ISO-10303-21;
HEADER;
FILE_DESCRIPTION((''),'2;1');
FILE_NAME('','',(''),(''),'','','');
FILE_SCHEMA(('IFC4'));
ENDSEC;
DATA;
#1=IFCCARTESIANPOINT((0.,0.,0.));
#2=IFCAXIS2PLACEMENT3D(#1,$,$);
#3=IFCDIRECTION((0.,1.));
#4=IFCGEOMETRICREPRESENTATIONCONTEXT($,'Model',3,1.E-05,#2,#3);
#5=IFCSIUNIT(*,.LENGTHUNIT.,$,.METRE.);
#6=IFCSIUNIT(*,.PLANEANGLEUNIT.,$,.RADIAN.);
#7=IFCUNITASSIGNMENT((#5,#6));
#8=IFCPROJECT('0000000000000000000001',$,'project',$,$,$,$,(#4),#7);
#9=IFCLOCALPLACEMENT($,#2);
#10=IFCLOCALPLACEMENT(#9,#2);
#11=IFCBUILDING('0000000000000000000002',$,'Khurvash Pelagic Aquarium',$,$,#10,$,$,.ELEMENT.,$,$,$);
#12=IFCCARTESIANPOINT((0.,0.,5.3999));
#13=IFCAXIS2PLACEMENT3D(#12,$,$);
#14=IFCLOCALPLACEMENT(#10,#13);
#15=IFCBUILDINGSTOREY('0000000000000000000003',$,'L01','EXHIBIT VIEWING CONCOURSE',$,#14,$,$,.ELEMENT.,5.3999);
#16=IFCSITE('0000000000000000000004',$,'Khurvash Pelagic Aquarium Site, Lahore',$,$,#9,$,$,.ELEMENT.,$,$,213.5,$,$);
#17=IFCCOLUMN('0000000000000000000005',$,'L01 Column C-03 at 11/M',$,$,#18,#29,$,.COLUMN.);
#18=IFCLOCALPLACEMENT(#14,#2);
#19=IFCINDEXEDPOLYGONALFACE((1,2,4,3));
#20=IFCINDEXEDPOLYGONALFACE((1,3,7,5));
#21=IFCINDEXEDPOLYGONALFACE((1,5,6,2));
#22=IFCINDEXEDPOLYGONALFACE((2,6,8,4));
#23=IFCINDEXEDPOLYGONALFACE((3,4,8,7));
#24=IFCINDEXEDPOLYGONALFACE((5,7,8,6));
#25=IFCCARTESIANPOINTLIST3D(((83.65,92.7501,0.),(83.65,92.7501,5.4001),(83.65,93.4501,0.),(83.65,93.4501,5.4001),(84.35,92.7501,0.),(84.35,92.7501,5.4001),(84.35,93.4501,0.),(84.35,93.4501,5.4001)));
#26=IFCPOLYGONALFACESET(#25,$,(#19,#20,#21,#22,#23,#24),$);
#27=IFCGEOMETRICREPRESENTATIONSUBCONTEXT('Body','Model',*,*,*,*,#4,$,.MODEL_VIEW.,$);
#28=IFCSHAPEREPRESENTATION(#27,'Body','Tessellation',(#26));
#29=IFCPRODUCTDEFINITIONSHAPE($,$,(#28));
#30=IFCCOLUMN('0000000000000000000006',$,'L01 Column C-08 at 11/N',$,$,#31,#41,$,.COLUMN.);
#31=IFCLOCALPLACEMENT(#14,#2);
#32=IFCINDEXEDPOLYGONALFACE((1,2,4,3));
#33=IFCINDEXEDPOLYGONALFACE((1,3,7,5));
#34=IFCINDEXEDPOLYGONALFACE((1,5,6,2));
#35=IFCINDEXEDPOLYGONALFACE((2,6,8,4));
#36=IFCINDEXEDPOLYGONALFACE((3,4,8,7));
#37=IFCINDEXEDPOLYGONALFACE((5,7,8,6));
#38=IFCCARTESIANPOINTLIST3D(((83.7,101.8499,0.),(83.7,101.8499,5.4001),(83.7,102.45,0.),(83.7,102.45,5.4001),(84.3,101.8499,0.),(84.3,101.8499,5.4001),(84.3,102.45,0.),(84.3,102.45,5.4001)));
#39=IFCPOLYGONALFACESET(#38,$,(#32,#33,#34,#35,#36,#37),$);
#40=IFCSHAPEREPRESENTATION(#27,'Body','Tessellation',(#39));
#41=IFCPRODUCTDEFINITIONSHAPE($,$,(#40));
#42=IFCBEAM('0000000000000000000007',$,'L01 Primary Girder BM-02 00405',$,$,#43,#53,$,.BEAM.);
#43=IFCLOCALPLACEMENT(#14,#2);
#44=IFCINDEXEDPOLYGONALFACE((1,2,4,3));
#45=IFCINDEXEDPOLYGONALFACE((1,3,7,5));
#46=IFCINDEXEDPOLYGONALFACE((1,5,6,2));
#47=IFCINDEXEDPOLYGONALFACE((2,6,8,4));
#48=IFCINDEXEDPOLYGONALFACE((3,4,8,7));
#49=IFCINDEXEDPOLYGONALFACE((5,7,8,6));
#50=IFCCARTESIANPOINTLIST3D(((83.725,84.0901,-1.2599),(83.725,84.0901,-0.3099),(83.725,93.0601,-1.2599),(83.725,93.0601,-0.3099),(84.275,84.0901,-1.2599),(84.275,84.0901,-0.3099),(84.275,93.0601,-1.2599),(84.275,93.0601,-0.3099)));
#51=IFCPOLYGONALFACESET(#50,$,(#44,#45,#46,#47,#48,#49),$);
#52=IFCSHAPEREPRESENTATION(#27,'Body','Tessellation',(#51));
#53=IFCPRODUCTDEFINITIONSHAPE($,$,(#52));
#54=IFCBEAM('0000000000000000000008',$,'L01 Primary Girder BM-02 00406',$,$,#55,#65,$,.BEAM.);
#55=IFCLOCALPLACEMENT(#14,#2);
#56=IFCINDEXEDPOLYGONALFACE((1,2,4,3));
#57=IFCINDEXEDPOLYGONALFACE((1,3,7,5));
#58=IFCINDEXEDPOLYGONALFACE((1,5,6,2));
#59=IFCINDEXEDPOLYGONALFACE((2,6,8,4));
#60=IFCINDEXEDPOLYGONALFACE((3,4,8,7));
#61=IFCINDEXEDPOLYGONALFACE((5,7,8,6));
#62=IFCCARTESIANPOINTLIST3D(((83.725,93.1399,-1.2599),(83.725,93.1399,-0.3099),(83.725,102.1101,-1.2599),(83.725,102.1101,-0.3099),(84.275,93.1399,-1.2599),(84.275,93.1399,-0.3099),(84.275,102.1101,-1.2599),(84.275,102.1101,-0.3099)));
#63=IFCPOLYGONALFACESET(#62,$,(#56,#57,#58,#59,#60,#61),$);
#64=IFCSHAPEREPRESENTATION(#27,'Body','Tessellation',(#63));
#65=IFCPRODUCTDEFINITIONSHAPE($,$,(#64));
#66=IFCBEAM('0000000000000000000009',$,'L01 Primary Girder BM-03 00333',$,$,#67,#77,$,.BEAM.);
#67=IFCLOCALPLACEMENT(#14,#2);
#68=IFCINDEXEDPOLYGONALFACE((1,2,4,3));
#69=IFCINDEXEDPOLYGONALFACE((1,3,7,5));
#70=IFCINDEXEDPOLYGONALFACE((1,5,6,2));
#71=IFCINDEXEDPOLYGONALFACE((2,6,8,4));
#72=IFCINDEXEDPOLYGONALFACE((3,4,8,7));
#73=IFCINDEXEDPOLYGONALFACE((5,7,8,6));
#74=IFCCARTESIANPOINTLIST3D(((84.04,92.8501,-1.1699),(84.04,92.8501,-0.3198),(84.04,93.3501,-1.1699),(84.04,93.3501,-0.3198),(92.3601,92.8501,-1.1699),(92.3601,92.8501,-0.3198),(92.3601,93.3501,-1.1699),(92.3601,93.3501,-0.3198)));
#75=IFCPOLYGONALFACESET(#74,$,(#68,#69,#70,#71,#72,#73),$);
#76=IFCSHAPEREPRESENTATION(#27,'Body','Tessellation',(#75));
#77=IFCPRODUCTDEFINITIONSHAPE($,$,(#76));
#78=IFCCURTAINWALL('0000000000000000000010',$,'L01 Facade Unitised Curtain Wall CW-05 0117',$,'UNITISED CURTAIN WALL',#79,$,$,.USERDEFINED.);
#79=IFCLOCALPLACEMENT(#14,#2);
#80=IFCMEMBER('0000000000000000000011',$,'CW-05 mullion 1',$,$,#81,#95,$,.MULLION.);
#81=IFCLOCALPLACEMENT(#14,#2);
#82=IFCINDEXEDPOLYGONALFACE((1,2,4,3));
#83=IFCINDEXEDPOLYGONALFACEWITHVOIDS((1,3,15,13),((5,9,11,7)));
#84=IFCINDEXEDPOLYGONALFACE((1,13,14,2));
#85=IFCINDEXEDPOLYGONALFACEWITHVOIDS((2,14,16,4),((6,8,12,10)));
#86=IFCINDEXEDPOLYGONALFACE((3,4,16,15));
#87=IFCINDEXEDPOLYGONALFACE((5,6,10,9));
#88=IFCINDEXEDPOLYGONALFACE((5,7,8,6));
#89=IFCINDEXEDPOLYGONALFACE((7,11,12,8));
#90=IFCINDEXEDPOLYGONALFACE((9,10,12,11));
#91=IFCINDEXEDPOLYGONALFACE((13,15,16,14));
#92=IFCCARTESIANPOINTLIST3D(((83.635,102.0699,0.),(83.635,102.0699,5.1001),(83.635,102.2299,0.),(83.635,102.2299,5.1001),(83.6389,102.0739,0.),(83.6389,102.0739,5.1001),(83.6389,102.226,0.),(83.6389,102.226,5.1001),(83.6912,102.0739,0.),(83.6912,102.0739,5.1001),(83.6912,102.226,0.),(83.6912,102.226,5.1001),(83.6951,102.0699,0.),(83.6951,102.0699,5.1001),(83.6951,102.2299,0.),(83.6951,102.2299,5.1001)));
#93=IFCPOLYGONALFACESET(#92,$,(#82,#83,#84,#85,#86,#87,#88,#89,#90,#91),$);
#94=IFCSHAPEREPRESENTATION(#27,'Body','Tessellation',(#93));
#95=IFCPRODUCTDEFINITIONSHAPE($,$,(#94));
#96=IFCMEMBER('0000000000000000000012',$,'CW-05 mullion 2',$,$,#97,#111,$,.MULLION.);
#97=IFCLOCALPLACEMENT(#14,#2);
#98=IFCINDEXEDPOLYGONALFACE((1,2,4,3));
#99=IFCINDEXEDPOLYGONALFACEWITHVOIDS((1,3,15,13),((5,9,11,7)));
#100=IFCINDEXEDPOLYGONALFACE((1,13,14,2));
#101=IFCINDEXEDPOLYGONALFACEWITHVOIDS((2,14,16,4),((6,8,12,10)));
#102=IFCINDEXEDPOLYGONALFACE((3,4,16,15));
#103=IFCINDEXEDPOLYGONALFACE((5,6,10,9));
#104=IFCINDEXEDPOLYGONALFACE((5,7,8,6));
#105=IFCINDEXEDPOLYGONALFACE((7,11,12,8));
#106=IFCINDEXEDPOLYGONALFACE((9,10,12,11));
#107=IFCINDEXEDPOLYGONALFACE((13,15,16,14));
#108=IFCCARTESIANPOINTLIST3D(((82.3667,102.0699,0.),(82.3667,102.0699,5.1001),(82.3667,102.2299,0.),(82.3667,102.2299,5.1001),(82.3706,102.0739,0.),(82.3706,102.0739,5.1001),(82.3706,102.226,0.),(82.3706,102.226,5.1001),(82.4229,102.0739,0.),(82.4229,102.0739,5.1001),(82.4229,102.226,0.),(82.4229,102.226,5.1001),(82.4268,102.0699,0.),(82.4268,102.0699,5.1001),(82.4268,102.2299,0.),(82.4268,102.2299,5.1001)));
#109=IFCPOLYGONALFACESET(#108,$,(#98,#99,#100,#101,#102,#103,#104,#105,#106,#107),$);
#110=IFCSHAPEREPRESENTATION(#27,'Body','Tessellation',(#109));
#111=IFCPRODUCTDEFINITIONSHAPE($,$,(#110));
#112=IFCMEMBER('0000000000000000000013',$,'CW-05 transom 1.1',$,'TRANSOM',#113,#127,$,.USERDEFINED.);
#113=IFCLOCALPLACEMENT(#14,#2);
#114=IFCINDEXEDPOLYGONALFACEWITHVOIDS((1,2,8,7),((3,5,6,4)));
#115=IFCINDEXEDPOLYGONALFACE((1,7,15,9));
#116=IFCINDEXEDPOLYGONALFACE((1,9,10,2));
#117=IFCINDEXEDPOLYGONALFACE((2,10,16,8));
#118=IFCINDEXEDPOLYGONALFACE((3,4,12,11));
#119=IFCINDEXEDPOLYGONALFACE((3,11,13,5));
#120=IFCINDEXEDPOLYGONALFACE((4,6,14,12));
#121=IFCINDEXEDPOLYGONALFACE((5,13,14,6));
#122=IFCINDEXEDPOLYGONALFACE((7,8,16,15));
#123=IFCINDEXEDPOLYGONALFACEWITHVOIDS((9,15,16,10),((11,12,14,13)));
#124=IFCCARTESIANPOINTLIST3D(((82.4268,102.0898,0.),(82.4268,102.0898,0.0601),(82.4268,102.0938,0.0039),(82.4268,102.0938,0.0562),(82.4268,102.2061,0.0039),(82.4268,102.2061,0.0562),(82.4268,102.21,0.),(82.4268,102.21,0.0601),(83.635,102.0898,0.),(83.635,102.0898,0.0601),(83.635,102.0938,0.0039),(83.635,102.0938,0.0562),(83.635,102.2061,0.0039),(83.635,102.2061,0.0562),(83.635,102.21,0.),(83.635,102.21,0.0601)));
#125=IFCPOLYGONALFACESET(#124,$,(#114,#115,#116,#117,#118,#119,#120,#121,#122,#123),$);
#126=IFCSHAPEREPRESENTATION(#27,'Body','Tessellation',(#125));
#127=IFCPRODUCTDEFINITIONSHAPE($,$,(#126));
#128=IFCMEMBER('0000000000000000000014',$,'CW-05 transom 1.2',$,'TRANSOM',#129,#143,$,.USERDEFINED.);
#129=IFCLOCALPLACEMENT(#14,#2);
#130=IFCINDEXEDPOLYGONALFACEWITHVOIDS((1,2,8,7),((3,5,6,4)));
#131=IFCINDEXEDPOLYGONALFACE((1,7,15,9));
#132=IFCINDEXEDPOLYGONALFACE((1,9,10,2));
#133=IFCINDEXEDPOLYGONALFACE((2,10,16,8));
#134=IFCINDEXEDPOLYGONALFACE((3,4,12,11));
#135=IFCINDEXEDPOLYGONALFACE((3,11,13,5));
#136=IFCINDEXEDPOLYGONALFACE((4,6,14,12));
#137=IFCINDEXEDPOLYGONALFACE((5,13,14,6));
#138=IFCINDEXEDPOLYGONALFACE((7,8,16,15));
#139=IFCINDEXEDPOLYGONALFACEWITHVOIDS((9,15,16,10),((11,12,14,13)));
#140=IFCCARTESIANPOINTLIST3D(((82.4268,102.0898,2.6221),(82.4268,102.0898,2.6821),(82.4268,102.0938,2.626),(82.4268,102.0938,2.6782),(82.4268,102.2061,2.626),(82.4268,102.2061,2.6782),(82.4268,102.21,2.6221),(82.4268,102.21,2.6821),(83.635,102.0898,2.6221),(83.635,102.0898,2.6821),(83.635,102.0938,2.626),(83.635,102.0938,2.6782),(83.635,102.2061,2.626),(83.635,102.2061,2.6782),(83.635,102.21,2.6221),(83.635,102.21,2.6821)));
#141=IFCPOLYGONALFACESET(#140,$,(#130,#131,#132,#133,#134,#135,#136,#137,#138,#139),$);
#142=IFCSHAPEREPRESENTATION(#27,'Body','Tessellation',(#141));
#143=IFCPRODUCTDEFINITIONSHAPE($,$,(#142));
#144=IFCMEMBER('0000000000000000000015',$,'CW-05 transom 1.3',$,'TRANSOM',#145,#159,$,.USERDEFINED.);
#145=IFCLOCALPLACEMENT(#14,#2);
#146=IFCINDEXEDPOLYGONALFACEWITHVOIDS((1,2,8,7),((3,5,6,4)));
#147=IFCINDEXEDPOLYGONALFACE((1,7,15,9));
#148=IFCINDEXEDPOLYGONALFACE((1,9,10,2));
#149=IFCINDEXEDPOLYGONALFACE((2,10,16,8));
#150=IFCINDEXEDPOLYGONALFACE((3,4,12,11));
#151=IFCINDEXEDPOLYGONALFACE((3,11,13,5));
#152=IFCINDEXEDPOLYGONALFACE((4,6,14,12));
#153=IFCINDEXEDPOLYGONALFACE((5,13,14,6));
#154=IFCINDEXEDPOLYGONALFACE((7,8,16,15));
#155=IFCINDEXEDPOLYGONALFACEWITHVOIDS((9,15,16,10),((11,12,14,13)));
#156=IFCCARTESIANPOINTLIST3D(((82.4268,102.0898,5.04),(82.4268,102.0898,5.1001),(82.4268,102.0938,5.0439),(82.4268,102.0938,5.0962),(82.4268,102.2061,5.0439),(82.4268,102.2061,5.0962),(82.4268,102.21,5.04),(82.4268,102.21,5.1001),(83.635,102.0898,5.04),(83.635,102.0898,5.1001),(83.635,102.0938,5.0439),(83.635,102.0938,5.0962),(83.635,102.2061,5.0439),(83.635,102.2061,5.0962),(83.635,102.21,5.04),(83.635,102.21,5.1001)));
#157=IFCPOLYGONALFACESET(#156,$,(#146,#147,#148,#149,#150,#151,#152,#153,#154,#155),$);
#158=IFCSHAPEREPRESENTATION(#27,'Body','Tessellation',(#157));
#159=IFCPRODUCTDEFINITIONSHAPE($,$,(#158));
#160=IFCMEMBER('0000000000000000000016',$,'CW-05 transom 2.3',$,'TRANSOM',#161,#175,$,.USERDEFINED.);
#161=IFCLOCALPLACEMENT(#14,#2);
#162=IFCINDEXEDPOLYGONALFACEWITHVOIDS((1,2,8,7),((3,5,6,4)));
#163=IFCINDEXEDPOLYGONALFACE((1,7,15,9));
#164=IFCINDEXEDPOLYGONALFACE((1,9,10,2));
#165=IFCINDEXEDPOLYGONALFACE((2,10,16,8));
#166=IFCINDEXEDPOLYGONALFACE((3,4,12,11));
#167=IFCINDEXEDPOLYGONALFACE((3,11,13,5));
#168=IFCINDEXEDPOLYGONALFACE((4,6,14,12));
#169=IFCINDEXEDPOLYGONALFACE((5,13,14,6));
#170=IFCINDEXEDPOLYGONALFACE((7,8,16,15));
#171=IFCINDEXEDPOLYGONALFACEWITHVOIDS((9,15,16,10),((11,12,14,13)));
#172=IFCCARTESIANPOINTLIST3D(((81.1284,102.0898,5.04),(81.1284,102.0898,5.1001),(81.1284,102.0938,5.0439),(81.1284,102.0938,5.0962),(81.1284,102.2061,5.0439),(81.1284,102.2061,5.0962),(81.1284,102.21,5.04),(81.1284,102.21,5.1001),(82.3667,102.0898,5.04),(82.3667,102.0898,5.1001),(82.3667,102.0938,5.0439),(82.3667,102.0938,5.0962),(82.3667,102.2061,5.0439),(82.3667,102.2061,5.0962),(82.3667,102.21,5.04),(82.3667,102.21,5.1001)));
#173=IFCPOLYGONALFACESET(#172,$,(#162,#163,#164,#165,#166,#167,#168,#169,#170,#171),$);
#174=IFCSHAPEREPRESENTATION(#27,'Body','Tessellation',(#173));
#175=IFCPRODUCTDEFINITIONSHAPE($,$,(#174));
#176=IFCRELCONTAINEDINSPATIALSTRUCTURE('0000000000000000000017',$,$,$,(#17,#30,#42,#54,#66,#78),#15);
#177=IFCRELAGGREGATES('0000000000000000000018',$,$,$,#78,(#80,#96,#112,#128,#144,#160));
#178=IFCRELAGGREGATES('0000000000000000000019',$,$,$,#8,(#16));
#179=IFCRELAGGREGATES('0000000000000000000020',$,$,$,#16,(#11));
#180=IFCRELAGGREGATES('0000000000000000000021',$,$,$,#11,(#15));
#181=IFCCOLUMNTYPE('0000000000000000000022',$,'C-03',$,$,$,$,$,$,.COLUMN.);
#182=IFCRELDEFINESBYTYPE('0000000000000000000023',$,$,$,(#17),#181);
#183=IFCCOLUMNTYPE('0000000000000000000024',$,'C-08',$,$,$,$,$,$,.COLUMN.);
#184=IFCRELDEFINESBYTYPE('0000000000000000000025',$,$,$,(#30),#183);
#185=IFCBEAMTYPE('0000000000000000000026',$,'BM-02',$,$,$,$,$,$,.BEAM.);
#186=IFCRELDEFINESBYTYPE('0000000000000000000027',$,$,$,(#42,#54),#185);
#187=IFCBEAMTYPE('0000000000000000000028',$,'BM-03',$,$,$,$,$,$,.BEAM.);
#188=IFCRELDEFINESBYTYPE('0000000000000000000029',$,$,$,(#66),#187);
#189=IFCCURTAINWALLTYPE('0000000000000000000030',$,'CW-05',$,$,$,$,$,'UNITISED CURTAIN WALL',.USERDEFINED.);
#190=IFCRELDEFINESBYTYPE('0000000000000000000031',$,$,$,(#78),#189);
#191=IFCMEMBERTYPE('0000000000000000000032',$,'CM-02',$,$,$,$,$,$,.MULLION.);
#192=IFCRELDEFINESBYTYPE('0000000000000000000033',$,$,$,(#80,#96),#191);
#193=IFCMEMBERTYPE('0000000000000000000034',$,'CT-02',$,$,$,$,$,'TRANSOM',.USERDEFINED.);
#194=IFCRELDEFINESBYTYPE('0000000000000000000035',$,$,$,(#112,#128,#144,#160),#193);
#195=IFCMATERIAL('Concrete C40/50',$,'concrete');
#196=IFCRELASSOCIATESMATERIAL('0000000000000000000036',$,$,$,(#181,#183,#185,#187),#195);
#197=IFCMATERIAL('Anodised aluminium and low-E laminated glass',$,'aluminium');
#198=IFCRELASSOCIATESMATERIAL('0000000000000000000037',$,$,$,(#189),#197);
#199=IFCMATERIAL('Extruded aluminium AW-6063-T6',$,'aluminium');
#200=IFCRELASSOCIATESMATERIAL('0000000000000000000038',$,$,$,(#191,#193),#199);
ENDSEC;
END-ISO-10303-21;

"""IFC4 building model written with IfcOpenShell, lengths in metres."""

from ifc_helpers import new_model, si_unit, direction, frame, origin, origin_2d, place, context, subcontext, project, spatial, rectangle, hollow_rectangle, extrude, material, material_profile, profile_set, type_object, element, aggregate, save


model = new_model("IFC4")

# Units and contexts
model_context = context("Model", 3, precision=1e-05, world=origin(), true_north=direction((0.0, 1.0)))
body_context = subcontext(model_context, "Body", "Model", "MODEL_VIEW")
ifc_project = project(units=[si_unit("LENGTHUNIT", "METRE"), si_unit("PLANEANGLEUNIT", "RADIAN")], contexts=[model_context])

# Site, building, storey
site_placement = place(None, origin())
site = spatial("IfcSite", under=ifc_project, at=site_placement, Name="Khurvash Pelagic Aquarium Site, Lahore", CompositionType="ELEMENT", RefElevation=213.5)
building_placement = place(site_placement, origin())
building = spatial("IfcBuilding", under=site, at=building_placement, Name="Khurvash Pelagic Aquarium", CompositionType="ELEMENT")
storey_placement = place(building_placement, frame((0.0, 0.0, 5.3999)))
storey = spatial("IfcBuildingStorey", under=building, at=storey_placement, Name="L01", Description="EXHIBIT VIEWING CONCOURSE", CompositionType="ELEMENT", Elevation=5.3999)

# Columns
ifc_material_1 = material(Name="Concrete C40/50", Category="concrete")
ifc_material_profile_1 = material_profile(ifc_material_1, rectangle(XDim=0.7, YDim=0.7, at=origin_2d()), Name="RC700X700")
ifc_profile_set_1 = profile_set([ifc_material_profile_1], Name="Concrete C40/50")
column_type_1 = type_object("IfcColumnType", Name="C-03", PredefinedType="COLUMN", material=ifc_profile_set_1)
column_1_placement = place(storey_placement, frame((84.0, 93.1001, 0.0), z_axis=(0.0, 0.0, 1.0), x_axis=(1.0, 0.0, 0.0)))
element("IfcColumn", 1, at=column_1_placement, inside=storey, type_object=column_type_1, Name="L01 Column C-03 at 11/M", PredefinedType="COLUMN", context=body_context, shape_type="SweptSolid", body=[
    extrude(rectangle(XDim=0.7, YDim=0.7, at=origin_2d()), origin(), (0.0, 0.0, 1.0), 5.4001),
])
ifc_material_profile_2 = material_profile(ifc_material_1, rectangle(XDim=0.6001, YDim=0.6001, at=origin_2d()), Name="RC600X600")
ifc_profile_set_2 = profile_set([ifc_material_profile_2], Name="Concrete C40/50")
column_type_2 = type_object("IfcColumnType", Name="C-08", PredefinedType="COLUMN", material=ifc_profile_set_2)
column_2_placement = place(storey_placement, frame((84.0, 102.1499, 0.0), z_axis=(0.0, 0.0, 1.0), x_axis=(1.0, 0.0, 0.0)))
element("IfcColumn", 2, at=column_2_placement, inside=storey, type_object=column_type_2, Name="L01 Column C-08 at 11/N", PredefinedType="COLUMN", context=body_context, shape_type="SweptSolid", body=[
    extrude(rectangle(XDim=0.6001, YDim=0.6001, at=origin_2d()), origin(), (0.0, 0.0, 1.0), 5.4001),
])

# Beams
ifc_material_profile_3 = material_profile(ifc_material_1, rectangle(XDim=0.55, YDim=0.95, at=origin_2d()), Name="RC550X950")
ifc_profile_set_3 = profile_set([ifc_material_profile_3], Name="Concrete C40/50")
beam_type_1 = type_object("IfcBeamType", Name="BM-02", PredefinedType="BEAM", material=ifc_profile_set_3)
beam_1_placement = place(storey_placement, frame((84.0, 84.0901, -0.7849), z_axis=(0.0, 1.0, 0.0), x_axis=(-1.0, 0.0, 0.0)))
element("IfcBeam", 3, at=beam_1_placement, inside=storey, type_object=beam_type_1, Name="L01 Primary Girder BM-02 00405", PredefinedType="BEAM", context=body_context, shape_type="SweptSolid", body=[
    extrude(rectangle(XDim=0.55, YDim=0.95, at=origin_2d()), origin(), (0.0, 0.0, 1.0), 8.97),
])
beam_2_placement = place(storey_placement, frame((84.0, 93.1399, -0.7849), z_axis=(0.0, 1.0, 0.0), x_axis=(-1.0, 0.0, 0.0)))
element("IfcBeam", 4, at=beam_2_placement, inside=storey, type_object=beam_type_1, Name="L01 Primary Girder BM-02 00406", PredefinedType="BEAM", context=body_context, shape_type="SweptSolid", body=[
    extrude(rectangle(XDim=0.55, YDim=0.95, at=origin_2d()), origin(), (0.0, 0.0, 1.0), 8.9702),
])
ifc_material_profile_4 = material_profile(ifc_material_1, rectangle(XDim=0.5, YDim=0.8501, at=origin_2d()), Name="RC500X850")
ifc_profile_set_4 = profile_set([ifc_material_profile_4], Name="Concrete C40/50")
beam_type_2 = type_object("IfcBeamType", Name="BM-03", PredefinedType="BEAM", material=ifc_profile_set_4)
beam_3_placement = place(storey_placement, frame((84.04, 93.1001, -0.7449), z_axis=(1.0, 0.0, 0.0), x_axis=(0.0, 1.0, 0.0)))
element("IfcBeam", 5, at=beam_3_placement, inside=storey, type_object=beam_type_2, Name="L01 Primary Girder BM-03 00333", PredefinedType="BEAM", context=body_context, shape_type="SweptSolid", body=[
    extrude(rectangle(XDim=0.5, YDim=0.8501, at=origin_2d()), origin(), (0.0, 0.0, 1.0), 8.3201),
])

# Curtain wall, members
ifc_material_2 = material(Name="Anodised aluminium and low-E laminated glass", Category="aluminium")
curtain_wall_type = type_object("IfcCurtainWallType", Name="CW-05", ElementType="UNITISED CURTAIN WALL", PredefinedType="USERDEFINED", material=ifc_material_2)
curtain_wall_1_placement = place(storey_placement, origin())
curtain_wall_1 = element("IfcCurtainWall", 6, at=curtain_wall_1_placement, inside=storey, type_object=curtain_wall_type, Name="L01 Facade Unitised Curtain Wall CW-05 0117", ObjectType="UNITISED CURTAIN WALL", PredefinedType="USERDEFINED")
ifc_material_3 = material(Name="Extruded aluminium AW-6063-T6", Category="aluminium")
ifc_material_profile_5 = material_profile(ifc_material_3, hollow_rectangle(XDim=0.0601, YDim=0.1599, WallThickness=0.0039, at=origin_2d()), Name="CWM60X160X4")
ifc_profile_set_5 = profile_set([ifc_material_profile_5], Name="Extruded aluminium AW-6063-T6")
member_type_1 = type_object("IfcMemberType", Name="CM-02", PredefinedType="MULLION", material=ifc_profile_set_5)
member_1_placement = place(storey_placement, frame((83.665, 102.1499, 0.0), z_axis=(0.0, 0.0, 1.0), x_axis=(-1.0, 0.0, 0.0)))
member_1 = element("IfcMember", 7, at=member_1_placement, type_object=member_type_1, Name="CW-05 mullion 1", PredefinedType="MULLION", context=body_context, shape_type="SweptSolid", body=[
    extrude(hollow_rectangle(XDim=0.0601, YDim=0.1599, WallThickness=0.0039, at=origin_2d()), origin(), (0.0, 0.0, 1.0), 5.1001),
])
member_2_placement = place(storey_placement, frame((82.3967, 102.1499, 0.0), z_axis=(0.0, 0.0, 1.0), x_axis=(-1.0, 0.0, 0.0)))
member_2 = element("IfcMember", 8, at=member_2_placement, type_object=member_type_1, Name="CW-05 mullion 2", PredefinedType="MULLION", context=body_context, shape_type="SweptSolid", body=[
    extrude(hollow_rectangle(XDim=0.0601, YDim=0.1599, WallThickness=0.0039, at=origin_2d()), origin(), (0.0, 0.0, 1.0), 5.1001),
])
ifc_material_profile_6 = material_profile(ifc_material_3, hollow_rectangle(XDim=0.1201, YDim=0.0601, WallThickness=0.0039, at=origin_2d()), Name="CWT120X60X4")
ifc_profile_set_6 = profile_set([ifc_material_profile_6], Name="Extruded aluminium AW-6063-T6")
member_type_2 = type_object("IfcMemberType", Name="CT-02", ElementType="TRANSOM", PredefinedType="USERDEFINED", material=ifc_profile_set_6)
member_3_placement = place(storey_placement, frame((83.635, 102.1499, 0.03), z_axis=(-1.0, 0.0, 0.0), x_axis=(0.0, -1.0, 0.0)))
member_3 = element("IfcMember", 9, at=member_3_placement, type_object=member_type_2, Name="CW-05 transom 1.1", ObjectType="TRANSOM", PredefinedType="USERDEFINED", context=body_context, shape_type="SweptSolid", body=[
    extrude(hollow_rectangle(XDim=0.1201, YDim=0.0601, WallThickness=0.0039, at=origin_2d()), origin(), (0.0, 0.0, 1.0), 1.2083),
])
member_4_placement = place(storey_placement, frame((83.635, 102.1499, 2.6521), z_axis=(-1.0, 0.0, 0.0), x_axis=(0.0, -1.0, 0.0)))
member_4 = element("IfcMember", 10, at=member_4_placement, type_object=member_type_2, Name="CW-05 transom 1.2", ObjectType="TRANSOM", PredefinedType="USERDEFINED", context=body_context, shape_type="SweptSolid", body=[
    extrude(hollow_rectangle(XDim=0.1201, YDim=0.0601, WallThickness=0.0039, at=origin_2d()), origin(), (0.0, 0.0, 1.0), 1.2083),
])
member_5_placement = place(storey_placement, frame((83.635, 102.1499, 5.0701), z_axis=(-1.0, 0.0, 0.0), x_axis=(0.0, -1.0, 0.0)))
member_5 = element("IfcMember", 11, at=member_5_placement, type_object=member_type_2, Name="CW-05 transom 1.3", ObjectType="TRANSOM", PredefinedType="USERDEFINED", context=body_context, shape_type="SweptSolid", body=[
    extrude(hollow_rectangle(XDim=0.1201, YDim=0.0601, WallThickness=0.0039, at=origin_2d()), origin(), (0.0, 0.0, 1.0), 1.2083),
])
member_6_placement = place(storey_placement, frame((82.3667, 102.1499, 5.0701), z_axis=(-1.0, 0.0, 0.0), x_axis=(0.0, -1.0, 0.0)))
member_6 = element("IfcMember", 12, at=member_6_placement, type_object=member_type_2, Name="CW-05 transom 2.3", ObjectType="TRANSOM", PredefinedType="USERDEFINED", context=body_context, shape_type="SweptSolid", body=[
    extrude(hollow_rectangle(XDim=0.1201, YDim=0.0601, WallThickness=0.0039, at=origin_2d()), origin(), (0.0, 0.0, 1.0), 1.2383),
])

aggregate(curtain_wall_1, [member_1, member_2, member_3, member_4, member_5, member_6])

save(model, "model.ifc")
